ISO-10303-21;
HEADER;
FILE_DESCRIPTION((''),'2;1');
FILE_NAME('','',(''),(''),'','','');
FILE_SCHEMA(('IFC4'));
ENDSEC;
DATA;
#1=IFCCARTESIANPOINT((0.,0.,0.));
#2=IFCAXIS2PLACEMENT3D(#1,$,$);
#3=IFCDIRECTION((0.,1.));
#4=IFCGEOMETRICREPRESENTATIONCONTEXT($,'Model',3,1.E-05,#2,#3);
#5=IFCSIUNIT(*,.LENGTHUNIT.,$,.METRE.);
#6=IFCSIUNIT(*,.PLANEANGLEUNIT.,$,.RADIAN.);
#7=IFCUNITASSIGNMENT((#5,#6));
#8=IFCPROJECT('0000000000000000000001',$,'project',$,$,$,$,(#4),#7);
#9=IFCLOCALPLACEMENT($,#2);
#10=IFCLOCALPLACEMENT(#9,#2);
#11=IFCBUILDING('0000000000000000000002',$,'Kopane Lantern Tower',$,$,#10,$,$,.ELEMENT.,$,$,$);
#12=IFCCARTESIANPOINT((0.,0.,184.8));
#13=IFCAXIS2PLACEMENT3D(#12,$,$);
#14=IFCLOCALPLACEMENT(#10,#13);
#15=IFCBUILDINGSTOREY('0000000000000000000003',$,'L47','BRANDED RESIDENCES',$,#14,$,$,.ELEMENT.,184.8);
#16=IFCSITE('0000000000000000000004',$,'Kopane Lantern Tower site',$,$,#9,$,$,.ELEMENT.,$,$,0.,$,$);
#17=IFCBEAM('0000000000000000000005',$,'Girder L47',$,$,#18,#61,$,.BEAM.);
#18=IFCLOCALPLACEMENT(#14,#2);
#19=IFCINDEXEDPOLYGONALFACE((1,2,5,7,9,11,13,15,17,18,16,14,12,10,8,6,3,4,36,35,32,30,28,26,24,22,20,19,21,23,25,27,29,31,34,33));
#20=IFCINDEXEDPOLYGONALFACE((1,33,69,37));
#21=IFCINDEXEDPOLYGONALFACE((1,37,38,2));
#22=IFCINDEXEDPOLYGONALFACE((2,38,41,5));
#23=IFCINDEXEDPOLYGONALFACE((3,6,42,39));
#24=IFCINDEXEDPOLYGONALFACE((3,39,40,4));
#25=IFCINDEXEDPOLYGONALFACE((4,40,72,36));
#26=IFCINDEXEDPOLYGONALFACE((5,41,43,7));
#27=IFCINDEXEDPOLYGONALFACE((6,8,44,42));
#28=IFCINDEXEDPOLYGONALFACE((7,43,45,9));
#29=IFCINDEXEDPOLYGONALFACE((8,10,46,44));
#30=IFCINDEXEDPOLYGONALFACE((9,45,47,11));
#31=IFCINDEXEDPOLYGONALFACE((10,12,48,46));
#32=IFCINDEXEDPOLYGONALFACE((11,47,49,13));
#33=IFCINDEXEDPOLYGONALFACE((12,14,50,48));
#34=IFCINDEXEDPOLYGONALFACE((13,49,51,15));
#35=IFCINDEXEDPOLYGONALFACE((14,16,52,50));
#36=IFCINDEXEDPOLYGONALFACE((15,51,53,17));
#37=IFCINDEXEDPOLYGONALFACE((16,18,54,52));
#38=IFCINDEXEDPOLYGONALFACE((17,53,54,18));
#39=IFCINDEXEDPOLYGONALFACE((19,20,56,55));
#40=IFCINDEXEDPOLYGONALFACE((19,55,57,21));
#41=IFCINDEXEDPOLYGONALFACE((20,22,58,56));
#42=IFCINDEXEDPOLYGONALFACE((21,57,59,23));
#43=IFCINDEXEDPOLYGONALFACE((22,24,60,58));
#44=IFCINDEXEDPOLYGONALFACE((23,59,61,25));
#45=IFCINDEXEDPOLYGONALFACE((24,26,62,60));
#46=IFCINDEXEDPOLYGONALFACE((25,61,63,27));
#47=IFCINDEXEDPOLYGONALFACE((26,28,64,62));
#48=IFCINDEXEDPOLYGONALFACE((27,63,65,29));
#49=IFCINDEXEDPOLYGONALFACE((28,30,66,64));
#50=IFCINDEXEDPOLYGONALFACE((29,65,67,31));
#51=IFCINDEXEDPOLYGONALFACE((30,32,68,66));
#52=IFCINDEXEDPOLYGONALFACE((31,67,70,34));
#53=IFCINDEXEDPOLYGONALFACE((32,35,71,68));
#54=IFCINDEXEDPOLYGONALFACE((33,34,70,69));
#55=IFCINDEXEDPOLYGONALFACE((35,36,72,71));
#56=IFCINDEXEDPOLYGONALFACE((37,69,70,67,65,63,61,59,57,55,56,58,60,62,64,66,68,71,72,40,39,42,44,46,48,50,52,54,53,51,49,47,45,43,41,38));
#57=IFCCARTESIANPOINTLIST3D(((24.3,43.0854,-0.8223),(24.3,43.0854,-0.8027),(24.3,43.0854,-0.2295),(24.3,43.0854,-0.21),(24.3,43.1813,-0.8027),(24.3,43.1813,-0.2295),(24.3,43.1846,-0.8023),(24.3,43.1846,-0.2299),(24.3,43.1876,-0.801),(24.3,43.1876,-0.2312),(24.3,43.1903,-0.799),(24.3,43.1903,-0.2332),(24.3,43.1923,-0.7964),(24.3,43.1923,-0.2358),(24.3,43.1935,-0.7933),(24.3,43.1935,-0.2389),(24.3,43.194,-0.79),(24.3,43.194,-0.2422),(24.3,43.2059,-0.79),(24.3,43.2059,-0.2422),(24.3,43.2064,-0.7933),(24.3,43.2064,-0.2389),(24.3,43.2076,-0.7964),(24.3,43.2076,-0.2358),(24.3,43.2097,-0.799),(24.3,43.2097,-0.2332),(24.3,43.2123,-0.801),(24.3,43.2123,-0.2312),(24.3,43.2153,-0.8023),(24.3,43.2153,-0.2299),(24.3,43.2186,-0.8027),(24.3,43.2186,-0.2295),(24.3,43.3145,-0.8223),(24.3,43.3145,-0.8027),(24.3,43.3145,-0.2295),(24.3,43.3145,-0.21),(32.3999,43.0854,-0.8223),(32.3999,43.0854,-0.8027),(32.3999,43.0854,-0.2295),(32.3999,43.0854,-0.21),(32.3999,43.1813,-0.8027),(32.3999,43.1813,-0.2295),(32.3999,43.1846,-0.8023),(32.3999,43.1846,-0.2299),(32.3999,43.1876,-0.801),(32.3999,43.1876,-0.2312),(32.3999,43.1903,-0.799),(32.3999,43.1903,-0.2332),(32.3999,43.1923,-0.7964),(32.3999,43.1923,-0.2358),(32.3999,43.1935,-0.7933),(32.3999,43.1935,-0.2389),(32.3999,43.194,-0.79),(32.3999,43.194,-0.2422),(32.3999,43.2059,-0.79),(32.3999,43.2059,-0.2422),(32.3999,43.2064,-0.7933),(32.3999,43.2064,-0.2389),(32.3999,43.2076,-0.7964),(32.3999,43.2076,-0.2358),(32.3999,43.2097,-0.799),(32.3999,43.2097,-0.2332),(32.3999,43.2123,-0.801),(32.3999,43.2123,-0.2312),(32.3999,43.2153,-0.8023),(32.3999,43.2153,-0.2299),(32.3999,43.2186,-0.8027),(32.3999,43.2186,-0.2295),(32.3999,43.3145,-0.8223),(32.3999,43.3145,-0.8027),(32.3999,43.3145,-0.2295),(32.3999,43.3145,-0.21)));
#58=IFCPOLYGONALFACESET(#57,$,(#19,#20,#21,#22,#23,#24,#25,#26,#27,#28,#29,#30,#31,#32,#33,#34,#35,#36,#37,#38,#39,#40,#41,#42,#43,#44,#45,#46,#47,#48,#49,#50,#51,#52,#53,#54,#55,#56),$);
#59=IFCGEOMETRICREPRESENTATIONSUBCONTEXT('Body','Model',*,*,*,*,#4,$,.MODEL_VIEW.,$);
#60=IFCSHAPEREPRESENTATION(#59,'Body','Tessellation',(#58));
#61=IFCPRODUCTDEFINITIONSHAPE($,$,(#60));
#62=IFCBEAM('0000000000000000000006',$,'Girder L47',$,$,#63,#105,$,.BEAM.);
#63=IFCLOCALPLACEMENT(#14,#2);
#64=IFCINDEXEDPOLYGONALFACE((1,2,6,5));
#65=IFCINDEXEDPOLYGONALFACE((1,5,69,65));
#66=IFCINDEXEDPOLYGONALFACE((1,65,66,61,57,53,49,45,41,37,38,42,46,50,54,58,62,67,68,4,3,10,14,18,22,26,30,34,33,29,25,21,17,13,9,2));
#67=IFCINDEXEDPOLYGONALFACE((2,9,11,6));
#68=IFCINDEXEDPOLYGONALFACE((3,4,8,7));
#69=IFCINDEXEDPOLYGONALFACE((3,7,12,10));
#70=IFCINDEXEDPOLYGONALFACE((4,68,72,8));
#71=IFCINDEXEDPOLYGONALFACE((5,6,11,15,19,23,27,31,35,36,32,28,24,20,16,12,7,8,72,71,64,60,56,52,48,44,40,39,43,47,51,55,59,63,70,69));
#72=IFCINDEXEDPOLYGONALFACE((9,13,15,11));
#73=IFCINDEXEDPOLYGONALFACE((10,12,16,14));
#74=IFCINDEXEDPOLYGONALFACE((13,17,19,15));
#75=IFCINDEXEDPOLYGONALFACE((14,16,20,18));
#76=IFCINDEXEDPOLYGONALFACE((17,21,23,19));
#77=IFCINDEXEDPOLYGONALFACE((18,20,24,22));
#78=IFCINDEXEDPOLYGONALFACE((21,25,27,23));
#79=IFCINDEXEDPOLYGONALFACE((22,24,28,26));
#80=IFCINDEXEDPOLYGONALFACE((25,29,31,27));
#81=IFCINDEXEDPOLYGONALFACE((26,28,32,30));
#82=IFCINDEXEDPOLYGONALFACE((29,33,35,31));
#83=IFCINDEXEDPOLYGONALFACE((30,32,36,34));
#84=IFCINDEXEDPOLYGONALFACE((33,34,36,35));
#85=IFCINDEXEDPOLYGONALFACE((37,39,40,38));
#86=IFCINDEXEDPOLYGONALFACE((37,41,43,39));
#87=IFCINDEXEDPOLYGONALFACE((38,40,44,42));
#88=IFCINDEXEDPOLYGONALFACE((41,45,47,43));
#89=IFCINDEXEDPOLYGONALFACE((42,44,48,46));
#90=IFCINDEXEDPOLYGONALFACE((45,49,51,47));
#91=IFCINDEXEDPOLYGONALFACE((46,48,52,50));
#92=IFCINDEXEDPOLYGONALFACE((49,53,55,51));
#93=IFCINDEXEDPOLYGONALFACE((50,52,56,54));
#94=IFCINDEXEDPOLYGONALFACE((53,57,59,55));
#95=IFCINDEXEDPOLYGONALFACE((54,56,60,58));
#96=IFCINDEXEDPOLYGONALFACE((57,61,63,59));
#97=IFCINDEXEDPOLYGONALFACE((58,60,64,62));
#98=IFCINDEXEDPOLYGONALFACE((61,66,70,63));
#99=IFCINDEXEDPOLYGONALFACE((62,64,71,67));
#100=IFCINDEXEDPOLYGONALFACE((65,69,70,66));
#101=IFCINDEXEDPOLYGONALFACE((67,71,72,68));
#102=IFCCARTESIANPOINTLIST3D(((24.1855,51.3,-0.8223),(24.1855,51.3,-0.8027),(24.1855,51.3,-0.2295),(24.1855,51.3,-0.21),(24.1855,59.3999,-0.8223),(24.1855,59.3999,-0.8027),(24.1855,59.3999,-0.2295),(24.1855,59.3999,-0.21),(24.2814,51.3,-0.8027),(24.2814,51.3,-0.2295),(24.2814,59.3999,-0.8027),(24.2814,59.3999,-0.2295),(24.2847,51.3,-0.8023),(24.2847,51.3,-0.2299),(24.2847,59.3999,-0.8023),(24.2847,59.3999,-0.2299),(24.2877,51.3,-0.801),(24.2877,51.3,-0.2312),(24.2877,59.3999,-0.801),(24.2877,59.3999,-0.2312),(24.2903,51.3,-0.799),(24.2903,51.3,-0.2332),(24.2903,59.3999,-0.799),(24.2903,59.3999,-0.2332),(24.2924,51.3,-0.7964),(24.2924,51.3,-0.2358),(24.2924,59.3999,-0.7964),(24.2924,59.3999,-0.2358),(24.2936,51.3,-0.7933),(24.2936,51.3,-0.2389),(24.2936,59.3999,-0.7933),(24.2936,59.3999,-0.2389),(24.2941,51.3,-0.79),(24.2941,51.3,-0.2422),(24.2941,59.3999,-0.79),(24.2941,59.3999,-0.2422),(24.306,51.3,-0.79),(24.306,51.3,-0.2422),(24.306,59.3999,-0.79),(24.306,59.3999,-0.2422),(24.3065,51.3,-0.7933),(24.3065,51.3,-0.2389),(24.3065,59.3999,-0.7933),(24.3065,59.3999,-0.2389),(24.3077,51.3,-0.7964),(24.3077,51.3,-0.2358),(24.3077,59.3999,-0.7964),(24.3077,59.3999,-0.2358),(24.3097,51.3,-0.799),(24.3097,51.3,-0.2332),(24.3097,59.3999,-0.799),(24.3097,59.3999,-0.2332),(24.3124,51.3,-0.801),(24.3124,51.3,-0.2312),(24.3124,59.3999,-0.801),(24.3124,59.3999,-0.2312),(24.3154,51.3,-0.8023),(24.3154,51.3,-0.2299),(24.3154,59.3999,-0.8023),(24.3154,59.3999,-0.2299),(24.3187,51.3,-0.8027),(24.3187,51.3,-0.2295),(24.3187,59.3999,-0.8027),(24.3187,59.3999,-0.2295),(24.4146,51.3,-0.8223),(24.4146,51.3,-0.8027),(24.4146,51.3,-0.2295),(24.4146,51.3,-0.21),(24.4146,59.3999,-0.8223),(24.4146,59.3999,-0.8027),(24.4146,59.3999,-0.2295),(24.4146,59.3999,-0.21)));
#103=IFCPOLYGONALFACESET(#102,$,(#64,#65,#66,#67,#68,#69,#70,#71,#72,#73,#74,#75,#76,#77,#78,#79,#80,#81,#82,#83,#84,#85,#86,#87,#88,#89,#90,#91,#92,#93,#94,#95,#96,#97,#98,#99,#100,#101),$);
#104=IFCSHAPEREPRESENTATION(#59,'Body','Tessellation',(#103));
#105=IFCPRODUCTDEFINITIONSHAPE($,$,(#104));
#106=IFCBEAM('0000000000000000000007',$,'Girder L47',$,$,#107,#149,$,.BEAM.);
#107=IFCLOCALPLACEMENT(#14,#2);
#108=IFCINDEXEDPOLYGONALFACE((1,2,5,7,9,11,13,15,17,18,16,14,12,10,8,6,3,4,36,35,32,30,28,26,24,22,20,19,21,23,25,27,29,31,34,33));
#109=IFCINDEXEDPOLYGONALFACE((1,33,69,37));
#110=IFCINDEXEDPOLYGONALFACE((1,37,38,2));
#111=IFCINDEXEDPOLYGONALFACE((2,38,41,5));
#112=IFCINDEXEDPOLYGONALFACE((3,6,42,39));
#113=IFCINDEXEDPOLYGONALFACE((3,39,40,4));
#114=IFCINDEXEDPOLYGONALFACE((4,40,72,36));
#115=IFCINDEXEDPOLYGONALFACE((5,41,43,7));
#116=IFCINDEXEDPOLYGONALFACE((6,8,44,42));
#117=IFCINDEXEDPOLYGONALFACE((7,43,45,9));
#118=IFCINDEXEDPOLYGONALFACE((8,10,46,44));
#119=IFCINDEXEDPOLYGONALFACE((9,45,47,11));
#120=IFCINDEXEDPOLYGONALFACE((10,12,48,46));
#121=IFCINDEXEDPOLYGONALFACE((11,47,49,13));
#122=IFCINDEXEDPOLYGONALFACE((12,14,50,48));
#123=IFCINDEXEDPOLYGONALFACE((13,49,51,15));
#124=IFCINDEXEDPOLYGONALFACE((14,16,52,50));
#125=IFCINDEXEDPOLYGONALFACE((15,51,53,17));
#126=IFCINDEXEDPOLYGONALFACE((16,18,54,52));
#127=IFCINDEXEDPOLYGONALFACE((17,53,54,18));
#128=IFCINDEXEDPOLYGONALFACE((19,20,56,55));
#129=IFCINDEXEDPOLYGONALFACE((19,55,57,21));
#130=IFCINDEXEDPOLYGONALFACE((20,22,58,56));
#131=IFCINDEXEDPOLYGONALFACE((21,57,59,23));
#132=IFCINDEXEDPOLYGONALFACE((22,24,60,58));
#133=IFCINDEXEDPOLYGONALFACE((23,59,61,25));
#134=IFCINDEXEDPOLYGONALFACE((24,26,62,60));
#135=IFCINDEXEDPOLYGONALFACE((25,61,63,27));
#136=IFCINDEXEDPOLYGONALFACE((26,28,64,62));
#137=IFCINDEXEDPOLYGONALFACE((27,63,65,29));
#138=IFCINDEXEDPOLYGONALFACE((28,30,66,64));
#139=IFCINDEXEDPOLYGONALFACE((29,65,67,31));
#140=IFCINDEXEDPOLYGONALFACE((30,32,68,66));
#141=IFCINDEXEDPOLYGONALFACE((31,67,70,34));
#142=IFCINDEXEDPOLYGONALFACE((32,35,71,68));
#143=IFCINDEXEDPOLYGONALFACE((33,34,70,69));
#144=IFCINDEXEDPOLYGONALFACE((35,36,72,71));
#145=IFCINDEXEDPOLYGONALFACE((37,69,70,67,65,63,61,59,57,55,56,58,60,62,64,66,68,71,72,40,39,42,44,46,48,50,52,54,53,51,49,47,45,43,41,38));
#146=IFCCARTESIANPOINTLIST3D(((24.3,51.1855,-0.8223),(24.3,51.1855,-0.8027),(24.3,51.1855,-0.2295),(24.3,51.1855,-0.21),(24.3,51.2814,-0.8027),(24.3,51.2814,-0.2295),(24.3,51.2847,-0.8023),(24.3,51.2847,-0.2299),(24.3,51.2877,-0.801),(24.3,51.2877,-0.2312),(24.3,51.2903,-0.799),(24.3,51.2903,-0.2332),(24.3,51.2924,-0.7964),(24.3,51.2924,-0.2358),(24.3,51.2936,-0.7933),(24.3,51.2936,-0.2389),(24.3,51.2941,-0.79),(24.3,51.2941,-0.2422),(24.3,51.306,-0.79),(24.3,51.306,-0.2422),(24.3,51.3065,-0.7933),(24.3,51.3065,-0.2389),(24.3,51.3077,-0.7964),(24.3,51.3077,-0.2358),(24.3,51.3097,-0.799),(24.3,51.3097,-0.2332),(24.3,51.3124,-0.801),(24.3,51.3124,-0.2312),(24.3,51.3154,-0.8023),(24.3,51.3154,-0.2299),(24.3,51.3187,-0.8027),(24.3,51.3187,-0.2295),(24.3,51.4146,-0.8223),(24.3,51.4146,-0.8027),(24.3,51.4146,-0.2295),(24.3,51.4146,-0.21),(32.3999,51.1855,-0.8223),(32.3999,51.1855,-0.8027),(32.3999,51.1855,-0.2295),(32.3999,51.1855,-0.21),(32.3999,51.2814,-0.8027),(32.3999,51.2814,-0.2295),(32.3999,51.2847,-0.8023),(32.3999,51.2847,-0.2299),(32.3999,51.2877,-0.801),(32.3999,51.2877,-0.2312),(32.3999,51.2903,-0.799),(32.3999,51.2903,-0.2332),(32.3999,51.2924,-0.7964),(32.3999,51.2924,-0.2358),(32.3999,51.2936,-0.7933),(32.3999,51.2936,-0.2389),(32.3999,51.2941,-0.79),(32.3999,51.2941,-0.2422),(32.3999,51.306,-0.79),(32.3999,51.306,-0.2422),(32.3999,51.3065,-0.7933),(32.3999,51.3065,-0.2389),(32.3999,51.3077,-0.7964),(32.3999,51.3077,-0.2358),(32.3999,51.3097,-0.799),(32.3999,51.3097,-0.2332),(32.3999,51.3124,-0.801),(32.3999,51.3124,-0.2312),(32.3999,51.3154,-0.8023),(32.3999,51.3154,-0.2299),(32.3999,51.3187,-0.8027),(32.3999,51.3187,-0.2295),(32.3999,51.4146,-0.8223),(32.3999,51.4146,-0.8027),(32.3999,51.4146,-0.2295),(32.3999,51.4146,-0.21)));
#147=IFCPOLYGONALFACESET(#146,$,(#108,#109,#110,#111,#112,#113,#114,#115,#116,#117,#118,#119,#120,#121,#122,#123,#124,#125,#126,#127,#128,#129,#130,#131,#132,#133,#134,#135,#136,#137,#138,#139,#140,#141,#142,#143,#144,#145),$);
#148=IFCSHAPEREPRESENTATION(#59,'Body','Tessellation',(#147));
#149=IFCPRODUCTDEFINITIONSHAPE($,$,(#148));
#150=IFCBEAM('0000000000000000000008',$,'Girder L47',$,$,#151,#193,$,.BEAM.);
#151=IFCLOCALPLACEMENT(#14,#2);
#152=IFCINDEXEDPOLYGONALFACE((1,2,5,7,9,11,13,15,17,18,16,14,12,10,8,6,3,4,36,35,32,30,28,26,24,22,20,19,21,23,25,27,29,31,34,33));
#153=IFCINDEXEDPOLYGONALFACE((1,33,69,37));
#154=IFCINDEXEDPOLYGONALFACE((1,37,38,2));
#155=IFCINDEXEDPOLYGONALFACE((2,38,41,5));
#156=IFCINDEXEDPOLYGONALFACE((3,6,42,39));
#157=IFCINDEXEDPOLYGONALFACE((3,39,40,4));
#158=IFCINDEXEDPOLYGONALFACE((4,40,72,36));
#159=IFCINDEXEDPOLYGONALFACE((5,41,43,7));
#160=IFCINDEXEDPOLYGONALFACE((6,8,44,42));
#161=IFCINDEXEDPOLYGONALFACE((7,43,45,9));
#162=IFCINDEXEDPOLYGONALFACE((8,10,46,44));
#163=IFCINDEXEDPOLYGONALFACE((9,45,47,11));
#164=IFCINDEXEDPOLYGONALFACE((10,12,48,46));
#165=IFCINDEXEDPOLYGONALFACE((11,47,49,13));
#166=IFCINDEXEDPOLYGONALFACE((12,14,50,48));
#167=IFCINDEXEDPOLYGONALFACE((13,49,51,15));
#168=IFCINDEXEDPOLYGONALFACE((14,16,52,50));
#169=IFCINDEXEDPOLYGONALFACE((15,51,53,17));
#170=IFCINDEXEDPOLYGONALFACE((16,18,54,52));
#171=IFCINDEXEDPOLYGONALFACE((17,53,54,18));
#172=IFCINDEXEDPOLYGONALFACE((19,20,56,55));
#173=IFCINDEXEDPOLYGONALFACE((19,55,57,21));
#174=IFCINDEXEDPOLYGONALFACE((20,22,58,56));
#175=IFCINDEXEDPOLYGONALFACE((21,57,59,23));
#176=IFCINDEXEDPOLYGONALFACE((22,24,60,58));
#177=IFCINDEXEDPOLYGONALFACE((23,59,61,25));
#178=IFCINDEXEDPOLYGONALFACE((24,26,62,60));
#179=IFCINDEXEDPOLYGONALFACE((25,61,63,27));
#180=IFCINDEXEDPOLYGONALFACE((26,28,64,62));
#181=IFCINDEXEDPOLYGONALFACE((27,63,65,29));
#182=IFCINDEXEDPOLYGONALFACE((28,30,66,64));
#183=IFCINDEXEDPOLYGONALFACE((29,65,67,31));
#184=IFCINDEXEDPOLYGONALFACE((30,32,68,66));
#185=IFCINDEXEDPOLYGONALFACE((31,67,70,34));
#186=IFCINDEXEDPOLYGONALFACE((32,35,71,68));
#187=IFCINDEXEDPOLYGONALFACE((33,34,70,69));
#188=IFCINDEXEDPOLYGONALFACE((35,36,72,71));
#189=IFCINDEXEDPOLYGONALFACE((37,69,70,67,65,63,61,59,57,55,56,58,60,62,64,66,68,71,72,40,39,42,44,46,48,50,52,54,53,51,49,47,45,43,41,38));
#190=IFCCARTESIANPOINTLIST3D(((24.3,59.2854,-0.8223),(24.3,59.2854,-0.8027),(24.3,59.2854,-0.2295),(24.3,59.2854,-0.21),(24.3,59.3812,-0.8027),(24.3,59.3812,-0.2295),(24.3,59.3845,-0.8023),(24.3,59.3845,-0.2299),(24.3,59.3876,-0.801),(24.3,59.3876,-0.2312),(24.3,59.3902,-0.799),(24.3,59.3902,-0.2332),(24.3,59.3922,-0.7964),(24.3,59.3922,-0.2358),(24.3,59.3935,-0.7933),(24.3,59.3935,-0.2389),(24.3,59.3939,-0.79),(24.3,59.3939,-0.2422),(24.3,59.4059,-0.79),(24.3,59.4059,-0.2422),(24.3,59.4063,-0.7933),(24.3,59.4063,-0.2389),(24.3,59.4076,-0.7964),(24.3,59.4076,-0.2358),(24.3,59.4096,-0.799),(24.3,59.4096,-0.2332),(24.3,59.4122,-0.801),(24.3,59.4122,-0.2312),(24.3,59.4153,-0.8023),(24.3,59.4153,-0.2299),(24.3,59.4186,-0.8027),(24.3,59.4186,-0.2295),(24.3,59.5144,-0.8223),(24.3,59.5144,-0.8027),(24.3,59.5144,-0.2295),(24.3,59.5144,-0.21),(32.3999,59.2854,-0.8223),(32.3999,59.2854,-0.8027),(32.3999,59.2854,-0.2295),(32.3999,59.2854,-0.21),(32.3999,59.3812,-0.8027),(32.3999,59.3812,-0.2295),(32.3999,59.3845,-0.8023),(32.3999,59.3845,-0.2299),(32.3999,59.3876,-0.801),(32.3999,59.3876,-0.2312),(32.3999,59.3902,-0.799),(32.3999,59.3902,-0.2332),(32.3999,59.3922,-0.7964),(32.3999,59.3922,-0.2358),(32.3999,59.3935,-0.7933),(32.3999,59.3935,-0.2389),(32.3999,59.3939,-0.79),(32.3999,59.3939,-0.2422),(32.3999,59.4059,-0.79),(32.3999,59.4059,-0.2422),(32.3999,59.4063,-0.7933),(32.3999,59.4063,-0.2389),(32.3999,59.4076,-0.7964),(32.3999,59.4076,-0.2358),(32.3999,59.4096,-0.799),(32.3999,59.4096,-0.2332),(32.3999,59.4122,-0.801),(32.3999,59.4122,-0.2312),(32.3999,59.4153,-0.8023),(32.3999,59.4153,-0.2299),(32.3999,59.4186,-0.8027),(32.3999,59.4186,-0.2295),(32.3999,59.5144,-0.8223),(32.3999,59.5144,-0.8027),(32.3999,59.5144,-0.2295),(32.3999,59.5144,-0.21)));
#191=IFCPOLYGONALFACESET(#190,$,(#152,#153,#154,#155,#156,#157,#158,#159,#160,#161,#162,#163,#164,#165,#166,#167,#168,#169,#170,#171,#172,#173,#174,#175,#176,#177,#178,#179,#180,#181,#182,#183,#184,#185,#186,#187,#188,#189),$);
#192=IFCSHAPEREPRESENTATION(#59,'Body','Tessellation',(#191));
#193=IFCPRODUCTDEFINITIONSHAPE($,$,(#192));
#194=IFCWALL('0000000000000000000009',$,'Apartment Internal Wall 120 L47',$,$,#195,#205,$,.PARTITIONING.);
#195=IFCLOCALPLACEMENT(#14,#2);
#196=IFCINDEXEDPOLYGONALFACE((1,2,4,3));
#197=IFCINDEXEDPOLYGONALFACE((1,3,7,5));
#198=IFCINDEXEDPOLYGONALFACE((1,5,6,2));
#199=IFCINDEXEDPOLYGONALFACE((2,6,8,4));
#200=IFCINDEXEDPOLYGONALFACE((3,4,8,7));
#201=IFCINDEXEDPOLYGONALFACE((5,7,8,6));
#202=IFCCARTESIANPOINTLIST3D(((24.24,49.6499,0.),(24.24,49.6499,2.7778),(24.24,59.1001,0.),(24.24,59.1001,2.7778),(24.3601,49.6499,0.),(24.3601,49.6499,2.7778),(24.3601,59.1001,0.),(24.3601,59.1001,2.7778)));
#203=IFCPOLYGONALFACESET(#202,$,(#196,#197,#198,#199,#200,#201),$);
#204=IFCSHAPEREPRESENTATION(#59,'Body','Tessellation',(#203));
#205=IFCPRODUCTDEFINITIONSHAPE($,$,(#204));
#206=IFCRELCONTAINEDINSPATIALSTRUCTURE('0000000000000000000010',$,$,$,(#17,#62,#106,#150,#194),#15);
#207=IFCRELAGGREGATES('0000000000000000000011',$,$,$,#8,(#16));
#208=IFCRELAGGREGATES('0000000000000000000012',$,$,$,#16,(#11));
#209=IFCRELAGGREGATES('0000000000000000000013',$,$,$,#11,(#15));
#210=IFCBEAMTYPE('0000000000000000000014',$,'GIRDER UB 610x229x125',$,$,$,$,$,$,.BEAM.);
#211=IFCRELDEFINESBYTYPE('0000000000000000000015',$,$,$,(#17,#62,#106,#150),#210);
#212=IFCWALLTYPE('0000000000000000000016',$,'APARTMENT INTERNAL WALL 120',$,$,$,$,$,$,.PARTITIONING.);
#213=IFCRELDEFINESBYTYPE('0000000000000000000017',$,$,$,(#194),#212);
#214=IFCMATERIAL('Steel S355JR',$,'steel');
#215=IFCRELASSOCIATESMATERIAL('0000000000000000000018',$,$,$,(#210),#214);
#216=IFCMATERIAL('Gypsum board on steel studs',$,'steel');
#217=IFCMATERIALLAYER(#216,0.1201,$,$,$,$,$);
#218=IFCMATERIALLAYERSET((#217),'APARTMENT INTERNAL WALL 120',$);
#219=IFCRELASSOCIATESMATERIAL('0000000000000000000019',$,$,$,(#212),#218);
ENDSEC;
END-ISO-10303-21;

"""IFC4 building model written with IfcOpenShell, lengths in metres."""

from ifc_helpers import new_model, si_unit, direction, frame, frame_2d, origin, origin_2d, place, context, subcontext, project, spatial, rectangle, i_section, extrude, material, layer, layer_set, material_profile, profile_set, type_object, element, save


model = new_model("IFC4")

# Units and contexts
model_context = context("Model", 3, precision=1e-05, world=origin(), true_north=direction((0.0, 1.0)))
body_context = subcontext(model_context, "Body", "Model", "MODEL_VIEW")
ifc_project = project(units=[si_unit("LENGTHUNIT", "METRE"), si_unit("PLANEANGLEUNIT", "RADIAN")], contexts=[model_context])

# Site, building, storey
site_placement = place(None, origin())
site = spatial("IfcSite", under=ifc_project, at=site_placement, Name="Kopane Lantern Tower site", CompositionType="ELEMENT", RefElevation=0.0)
building_placement = place(site_placement, origin())
building = spatial("IfcBuilding", under=site, at=building_placement, Name="Kopane Lantern Tower", CompositionType="ELEMENT")
storey_placement = place(building_placement, frame((0.0, 0.0, 184.8)))
storey = spatial("IfcBuildingStorey", under=building, at=storey_placement, Name="L47", Description="BRANDED RESIDENCES", CompositionType="ELEMENT", Elevation=184.8)

# Beams
ifc_material_1 = material(Name="Steel S355JR", Category="steel")
ifc_material_profile_1 = material_profile(ifc_material_1, i_section(OverallWidth=0.229, OverallDepth=0.6123, WebThickness=0.012, FlangeThickness=0.0195, FilletRadius=0.0127, at=origin_2d()), Name="UB 610x229x125")
ifc_profile_set_1 = profile_set([ifc_material_profile_1], Name="Steel S355JR")
beam_type = type_object("IfcBeamType", Name="GIRDER UB 610x229x125", PredefinedType="BEAM", material=ifc_profile_set_1)
for number, where, z_axis, x_axis, name in (
    (1, (24.3, 43.2, -0.5161), (1.0, 0.0, 0.0), (0.0, 1.0, 0.0), "Girder L47"),
    (2, (24.3, 51.3, -0.5161), (0.0, 1.0, 0.0), (-1.0, 0.0, 0.0), "Girder L47"),
    (3, (24.3, 51.3, -0.5161), (1.0, 0.0, 0.0), (0.0, 1.0, 0.0), "Girder L47"),
    (4, (24.3, 59.3999, -0.5161), (1.0, 0.0, 0.0), (0.0, 1.0, 0.0), "Girder L47"),
):
    element("IfcBeam", number, at=place(storey_placement, frame(where, z_axis=z_axis, x_axis=x_axis)), inside=storey, type_object=beam_type, Name=name, PredefinedType="BEAM", context=body_context, shape_type="SweptSolid", body=[
        extrude(i_section(OverallWidth=0.229, OverallDepth=0.6123, WebThickness=0.012, FlangeThickness=0.0195, FilletRadius=0.0127, at=origin_2d()), origin(), (0.0, 0.0, 1.0), 8.0999),
    ])

# Wall
ifc_material_2 = material(Name="Gypsum board on steel studs", Category="steel")
ifc_layer_1 = layer(ifc_material_2, 0.1201)
ifc_layer_set_1 = layer_set([ifc_layer_1], Name="APARTMENT INTERNAL WALL 120")
wall_type_1 = type_object("IfcWallType", Name="APARTMENT INTERNAL WALL 120", PredefinedType="PARTITIONING", material=ifc_layer_set_1)
wall_1_placement = place(storey_placement, frame((24.3, 49.6499, 0.0), z_axis=(0.0, 0.0, 1.0), x_axis=(0.0, 1.0, 0.0)))
element("IfcWall", 5, at=wall_1_placement, inside=storey, type_object=wall_type_1, Name="Apartment Internal Wall 120 L47", PredefinedType="PARTITIONING", context=body_context, shape_type="SweptSolid", body=[
    extrude(rectangle(XDim=9.4502, YDim=0.1201, at=frame_2d((4.7251, 0.0))), origin(), (0.0, 0.0, 1.0), 2.7778),
])

save(model, "model.ifc")
